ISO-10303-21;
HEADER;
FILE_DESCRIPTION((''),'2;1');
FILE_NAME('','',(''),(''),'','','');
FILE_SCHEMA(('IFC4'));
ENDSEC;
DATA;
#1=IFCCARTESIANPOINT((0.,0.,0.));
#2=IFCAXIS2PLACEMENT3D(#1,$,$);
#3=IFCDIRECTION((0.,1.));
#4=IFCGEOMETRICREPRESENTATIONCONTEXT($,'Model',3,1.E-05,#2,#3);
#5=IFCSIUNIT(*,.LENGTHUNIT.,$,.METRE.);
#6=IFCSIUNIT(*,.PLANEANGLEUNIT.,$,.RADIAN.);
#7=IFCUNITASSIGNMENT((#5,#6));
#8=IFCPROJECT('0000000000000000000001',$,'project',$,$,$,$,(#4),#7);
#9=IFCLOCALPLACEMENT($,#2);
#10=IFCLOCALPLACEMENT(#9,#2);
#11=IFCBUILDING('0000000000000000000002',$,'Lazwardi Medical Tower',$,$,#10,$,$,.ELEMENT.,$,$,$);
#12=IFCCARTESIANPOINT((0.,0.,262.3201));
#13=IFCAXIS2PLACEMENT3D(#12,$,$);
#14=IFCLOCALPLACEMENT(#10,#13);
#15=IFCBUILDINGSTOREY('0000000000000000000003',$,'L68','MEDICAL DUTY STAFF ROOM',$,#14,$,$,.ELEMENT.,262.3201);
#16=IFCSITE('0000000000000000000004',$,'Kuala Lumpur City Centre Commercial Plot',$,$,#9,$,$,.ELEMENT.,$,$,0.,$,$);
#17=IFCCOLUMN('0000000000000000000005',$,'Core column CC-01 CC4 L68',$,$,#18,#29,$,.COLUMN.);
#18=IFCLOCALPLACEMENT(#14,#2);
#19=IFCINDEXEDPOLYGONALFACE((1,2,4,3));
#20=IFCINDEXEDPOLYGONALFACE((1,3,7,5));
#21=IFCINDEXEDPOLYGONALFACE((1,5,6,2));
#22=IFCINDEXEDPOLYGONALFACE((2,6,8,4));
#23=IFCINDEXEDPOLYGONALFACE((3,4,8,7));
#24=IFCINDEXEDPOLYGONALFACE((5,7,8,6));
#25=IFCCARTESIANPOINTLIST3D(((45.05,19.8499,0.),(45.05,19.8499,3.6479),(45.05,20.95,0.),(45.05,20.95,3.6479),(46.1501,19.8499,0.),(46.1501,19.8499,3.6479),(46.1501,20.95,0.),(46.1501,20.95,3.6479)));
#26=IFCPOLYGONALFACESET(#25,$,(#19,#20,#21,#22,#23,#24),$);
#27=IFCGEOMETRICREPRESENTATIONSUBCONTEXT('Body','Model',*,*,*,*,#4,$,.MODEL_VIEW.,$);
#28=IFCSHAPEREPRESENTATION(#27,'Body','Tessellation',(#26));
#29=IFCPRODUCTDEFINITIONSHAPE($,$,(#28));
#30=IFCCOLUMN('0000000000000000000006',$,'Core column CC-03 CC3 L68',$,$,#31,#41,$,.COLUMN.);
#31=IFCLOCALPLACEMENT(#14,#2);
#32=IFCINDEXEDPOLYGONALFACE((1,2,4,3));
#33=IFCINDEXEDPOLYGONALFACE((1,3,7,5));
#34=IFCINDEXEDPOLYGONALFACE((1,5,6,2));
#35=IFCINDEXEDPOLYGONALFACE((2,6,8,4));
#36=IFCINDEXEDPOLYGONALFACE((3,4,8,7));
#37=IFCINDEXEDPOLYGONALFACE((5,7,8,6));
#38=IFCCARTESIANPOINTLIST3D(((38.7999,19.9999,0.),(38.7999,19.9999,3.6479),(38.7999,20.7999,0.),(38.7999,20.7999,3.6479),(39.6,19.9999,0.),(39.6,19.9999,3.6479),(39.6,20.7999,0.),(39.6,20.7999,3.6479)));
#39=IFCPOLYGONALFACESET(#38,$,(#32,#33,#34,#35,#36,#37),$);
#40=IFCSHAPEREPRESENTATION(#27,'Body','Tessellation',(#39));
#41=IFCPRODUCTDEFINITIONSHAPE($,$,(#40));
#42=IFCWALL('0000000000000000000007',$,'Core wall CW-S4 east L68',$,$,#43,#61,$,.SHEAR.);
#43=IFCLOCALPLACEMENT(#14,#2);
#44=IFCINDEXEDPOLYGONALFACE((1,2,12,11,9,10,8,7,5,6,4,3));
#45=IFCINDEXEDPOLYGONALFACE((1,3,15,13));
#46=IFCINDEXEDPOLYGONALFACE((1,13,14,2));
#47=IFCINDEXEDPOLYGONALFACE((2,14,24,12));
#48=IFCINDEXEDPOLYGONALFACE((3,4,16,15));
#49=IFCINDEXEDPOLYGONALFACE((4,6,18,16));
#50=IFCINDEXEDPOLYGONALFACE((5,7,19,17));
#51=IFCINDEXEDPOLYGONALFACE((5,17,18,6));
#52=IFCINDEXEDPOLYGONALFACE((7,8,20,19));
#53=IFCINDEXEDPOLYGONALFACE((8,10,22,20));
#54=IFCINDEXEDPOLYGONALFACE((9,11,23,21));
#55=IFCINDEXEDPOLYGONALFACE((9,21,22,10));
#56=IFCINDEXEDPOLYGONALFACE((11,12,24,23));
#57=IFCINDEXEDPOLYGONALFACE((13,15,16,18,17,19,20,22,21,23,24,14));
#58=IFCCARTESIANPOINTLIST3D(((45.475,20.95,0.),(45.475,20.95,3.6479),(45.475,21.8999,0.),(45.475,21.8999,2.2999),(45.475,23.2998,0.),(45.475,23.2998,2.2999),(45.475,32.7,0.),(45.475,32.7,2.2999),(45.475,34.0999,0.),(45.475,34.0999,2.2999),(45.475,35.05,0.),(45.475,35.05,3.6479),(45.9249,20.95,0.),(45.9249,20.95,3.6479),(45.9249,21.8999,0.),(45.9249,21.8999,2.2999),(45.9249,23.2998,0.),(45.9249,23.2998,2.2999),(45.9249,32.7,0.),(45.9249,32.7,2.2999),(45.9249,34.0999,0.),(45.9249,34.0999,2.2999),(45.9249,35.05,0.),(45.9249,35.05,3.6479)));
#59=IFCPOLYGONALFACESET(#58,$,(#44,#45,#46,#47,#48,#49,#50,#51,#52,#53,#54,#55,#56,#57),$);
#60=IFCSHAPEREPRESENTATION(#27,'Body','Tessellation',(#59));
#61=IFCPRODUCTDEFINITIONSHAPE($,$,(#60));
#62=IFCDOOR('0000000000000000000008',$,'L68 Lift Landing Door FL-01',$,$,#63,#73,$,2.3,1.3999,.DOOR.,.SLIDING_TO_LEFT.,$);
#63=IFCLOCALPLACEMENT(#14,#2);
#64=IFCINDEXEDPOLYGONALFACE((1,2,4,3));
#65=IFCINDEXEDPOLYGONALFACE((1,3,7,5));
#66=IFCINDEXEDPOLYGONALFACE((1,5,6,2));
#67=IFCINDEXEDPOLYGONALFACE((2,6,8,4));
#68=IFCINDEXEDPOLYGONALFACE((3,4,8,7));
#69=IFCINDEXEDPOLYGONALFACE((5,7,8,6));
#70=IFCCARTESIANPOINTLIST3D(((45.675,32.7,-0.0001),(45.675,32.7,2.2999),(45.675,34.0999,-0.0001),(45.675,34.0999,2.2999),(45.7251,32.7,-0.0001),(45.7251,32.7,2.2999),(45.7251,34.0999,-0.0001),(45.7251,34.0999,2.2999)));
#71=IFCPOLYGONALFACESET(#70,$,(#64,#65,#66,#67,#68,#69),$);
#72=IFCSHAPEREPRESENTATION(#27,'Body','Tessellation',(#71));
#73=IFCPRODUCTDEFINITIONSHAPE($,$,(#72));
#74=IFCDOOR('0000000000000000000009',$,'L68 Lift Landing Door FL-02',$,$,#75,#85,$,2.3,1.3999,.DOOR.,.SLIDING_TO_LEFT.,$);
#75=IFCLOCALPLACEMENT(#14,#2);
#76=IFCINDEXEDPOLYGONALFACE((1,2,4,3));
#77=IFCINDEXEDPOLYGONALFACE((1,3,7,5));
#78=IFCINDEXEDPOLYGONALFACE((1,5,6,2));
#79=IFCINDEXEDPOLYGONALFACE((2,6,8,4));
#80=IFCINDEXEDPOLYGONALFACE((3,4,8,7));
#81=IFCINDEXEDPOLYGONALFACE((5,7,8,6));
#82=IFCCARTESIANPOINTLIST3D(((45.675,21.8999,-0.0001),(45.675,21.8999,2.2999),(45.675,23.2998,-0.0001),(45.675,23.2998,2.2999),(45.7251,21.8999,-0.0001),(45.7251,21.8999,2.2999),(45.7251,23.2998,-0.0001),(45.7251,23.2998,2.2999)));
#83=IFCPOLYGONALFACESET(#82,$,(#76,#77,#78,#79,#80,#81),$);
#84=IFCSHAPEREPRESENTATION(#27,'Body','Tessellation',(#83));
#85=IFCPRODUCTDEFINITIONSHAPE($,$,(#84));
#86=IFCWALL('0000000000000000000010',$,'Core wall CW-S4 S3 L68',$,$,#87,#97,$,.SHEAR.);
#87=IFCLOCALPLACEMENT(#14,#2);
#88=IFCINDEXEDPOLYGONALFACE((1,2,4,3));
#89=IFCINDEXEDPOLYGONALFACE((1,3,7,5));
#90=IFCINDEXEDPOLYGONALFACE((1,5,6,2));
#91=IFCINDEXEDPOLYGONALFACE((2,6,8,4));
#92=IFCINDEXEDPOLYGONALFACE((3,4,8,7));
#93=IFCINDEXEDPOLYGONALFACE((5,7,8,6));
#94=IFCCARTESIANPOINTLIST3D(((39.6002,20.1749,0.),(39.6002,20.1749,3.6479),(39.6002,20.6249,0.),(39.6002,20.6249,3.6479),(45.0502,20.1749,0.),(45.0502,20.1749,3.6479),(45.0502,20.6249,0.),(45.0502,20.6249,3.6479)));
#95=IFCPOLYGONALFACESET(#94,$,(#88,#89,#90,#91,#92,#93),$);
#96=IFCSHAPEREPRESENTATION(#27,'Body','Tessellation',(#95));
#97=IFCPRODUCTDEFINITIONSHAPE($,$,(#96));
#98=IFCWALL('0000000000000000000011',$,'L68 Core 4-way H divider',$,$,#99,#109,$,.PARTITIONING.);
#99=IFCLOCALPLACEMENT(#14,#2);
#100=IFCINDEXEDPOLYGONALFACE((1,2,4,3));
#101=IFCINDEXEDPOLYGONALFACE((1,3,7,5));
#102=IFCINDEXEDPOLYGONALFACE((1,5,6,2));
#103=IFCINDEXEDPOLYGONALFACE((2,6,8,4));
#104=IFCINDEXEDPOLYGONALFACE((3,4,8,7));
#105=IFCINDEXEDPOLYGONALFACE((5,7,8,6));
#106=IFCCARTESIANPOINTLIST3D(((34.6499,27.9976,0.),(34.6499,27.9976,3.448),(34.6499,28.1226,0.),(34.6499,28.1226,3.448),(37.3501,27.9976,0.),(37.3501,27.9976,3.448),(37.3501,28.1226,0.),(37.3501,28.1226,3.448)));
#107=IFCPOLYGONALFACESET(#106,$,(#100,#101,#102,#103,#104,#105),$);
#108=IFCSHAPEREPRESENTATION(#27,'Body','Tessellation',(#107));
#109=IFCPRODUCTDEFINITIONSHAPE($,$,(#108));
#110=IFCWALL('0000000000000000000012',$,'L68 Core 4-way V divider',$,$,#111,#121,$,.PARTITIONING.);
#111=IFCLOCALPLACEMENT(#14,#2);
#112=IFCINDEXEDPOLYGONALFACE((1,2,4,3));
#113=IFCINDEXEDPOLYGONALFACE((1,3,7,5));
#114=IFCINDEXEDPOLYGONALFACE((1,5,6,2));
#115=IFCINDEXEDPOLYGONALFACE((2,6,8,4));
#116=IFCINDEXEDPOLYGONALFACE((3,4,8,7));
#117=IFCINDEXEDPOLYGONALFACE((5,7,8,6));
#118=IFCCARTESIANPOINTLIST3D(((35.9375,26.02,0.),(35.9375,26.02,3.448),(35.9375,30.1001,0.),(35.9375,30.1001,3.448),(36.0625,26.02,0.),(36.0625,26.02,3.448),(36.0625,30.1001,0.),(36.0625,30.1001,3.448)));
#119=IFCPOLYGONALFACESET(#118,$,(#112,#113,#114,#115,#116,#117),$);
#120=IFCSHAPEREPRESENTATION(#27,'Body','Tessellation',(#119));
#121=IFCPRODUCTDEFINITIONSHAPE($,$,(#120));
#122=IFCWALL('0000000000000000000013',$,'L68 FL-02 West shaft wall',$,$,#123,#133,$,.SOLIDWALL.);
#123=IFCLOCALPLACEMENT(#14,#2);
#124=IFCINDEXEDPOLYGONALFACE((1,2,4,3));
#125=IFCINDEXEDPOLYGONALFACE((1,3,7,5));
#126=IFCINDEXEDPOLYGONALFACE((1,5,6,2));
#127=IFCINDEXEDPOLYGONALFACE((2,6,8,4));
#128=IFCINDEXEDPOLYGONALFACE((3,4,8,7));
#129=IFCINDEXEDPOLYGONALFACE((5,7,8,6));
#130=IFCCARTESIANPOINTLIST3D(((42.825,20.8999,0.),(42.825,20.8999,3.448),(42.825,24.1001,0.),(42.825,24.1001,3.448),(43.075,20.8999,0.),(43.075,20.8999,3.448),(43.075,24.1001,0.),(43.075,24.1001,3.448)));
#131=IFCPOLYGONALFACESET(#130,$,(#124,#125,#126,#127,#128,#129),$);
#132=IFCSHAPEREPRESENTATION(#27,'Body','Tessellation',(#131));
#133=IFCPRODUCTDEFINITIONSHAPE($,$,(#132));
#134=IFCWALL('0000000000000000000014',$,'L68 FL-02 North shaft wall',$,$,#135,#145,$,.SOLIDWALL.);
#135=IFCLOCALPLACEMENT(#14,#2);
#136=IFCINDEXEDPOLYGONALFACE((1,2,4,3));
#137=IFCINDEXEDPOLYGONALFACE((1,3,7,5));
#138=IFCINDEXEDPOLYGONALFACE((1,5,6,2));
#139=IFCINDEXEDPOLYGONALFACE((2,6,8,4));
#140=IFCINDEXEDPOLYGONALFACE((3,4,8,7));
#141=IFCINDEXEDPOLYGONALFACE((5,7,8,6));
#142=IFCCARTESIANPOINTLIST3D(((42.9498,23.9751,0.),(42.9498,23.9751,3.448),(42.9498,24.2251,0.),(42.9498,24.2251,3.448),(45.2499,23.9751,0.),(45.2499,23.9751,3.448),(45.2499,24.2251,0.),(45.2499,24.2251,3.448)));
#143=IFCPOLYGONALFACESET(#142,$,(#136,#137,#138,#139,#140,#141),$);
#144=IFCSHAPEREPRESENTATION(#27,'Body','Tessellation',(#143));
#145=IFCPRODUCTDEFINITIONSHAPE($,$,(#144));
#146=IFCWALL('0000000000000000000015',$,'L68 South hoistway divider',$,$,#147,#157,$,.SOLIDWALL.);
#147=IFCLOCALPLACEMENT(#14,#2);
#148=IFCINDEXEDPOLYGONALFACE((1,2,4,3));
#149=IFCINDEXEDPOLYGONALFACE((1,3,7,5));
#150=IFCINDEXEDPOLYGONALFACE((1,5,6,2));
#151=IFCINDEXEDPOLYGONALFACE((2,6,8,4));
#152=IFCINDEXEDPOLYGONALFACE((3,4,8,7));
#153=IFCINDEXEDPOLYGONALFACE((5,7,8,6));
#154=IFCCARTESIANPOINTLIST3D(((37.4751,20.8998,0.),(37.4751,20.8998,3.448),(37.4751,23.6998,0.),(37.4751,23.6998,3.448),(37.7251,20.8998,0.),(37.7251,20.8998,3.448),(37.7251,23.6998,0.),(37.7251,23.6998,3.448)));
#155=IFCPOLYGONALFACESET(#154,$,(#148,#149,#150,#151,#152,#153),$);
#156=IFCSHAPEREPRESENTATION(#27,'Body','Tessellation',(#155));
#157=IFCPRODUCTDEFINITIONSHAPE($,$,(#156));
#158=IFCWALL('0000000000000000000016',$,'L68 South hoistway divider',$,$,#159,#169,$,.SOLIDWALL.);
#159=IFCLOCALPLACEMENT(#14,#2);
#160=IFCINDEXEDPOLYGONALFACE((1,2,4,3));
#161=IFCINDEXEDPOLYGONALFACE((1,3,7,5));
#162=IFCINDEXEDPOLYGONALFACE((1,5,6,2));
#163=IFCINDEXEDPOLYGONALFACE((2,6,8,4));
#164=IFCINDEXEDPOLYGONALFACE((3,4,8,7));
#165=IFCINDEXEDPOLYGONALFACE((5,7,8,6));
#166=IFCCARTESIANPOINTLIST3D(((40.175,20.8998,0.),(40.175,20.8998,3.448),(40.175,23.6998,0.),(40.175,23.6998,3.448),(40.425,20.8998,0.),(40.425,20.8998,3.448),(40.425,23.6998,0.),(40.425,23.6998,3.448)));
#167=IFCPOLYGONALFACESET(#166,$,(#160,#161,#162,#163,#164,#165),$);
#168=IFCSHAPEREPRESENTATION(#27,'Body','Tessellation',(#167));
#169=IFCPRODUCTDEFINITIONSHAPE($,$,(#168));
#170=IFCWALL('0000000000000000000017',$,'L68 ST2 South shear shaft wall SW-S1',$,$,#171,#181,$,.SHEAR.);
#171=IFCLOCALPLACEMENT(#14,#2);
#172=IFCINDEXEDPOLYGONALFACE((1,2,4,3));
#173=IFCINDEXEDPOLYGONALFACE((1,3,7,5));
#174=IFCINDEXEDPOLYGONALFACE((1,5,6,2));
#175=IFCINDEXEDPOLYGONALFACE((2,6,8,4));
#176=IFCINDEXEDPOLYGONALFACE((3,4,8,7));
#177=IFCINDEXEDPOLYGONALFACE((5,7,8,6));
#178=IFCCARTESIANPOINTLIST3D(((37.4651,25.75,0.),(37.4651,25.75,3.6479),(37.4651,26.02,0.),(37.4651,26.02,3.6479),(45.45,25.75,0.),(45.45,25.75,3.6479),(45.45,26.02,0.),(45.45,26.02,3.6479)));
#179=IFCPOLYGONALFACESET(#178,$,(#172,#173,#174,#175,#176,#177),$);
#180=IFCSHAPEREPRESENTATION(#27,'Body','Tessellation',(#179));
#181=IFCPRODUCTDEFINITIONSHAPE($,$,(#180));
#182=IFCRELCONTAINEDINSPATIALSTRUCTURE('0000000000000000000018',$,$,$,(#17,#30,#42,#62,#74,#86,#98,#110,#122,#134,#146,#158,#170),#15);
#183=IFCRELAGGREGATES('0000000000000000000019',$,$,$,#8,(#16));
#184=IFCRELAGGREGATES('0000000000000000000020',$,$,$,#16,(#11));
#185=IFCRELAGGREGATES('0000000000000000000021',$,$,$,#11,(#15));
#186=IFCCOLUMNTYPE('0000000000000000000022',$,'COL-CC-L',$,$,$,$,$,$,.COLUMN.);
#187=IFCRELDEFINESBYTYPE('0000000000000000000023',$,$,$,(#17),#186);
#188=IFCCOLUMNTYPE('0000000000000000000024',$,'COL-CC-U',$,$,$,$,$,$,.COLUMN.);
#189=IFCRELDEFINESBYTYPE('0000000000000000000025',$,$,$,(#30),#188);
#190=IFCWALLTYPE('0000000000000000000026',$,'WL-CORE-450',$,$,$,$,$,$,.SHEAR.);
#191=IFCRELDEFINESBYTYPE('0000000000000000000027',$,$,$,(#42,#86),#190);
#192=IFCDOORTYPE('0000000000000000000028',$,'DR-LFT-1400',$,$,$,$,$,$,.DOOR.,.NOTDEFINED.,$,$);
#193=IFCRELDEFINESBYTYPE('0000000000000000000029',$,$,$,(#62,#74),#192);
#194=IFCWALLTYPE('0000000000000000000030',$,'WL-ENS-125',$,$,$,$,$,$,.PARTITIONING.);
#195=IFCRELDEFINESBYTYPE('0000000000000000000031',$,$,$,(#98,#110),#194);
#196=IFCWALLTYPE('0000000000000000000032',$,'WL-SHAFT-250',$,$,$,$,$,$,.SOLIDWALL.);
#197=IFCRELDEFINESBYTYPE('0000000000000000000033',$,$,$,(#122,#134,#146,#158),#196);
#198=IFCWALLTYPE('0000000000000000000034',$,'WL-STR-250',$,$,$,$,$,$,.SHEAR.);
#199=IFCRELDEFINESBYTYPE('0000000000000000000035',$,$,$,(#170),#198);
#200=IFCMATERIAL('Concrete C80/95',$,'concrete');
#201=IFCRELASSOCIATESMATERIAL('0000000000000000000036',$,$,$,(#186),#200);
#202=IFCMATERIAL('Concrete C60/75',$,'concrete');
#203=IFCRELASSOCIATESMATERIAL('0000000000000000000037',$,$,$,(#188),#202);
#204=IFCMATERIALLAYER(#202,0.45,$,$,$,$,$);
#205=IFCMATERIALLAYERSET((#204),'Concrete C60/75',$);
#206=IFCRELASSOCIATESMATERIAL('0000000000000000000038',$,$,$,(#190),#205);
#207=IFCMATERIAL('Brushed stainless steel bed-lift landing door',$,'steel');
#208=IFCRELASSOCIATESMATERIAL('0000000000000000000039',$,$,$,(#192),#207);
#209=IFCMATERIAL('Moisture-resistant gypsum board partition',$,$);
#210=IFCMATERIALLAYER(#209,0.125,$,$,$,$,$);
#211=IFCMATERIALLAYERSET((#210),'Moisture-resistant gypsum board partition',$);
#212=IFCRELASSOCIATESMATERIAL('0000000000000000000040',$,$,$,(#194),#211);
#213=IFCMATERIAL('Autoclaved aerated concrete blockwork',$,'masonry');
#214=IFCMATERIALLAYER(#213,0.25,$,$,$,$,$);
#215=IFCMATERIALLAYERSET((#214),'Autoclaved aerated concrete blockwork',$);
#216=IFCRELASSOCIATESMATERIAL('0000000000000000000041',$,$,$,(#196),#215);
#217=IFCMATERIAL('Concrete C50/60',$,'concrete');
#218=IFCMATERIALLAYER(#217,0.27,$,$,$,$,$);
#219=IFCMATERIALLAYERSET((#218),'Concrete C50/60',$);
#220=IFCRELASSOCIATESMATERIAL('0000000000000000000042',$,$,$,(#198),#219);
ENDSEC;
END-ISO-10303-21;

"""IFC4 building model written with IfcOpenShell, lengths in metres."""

from ifc_helpers import new_model, si_unit, direction, frame, frame_2d, origin, origin_2d, place, context, subcontext, project, spatial, rectangle, extrude, material, layer, layer_set, material_profile, profile_set, type_object, element, fill, save


model = new_model("IFC4")

# Units and contexts
model_context = context("Model", 3, precision=1e-05, world=origin(), true_north=direction((0.0, 1.0)))
body_context = subcontext(model_context, "Body", "Model", "MODEL_VIEW")
ifc_project = project(units=[si_unit("LENGTHUNIT", "METRE"), si_unit("PLANEANGLEUNIT", "RADIAN")], contexts=[model_context])

# Site, building, storey
site_placement = place(None, origin())
site = spatial("IfcSite", under=ifc_project, at=site_placement, Name="Kuala Lumpur City Centre Commercial Plot", CompositionType="ELEMENT", RefElevation=0.0)
building_placement = place(site_placement, origin())
building = spatial("IfcBuilding", under=site, at=building_placement, Name="Lazwardi Medical Tower", CompositionType="ELEMENT")
storey_placement = place(building_placement, frame((0.0, 0.0, 262.3201)))
storey = spatial("IfcBuildingStorey", under=building, at=storey_placement, Name="L68", Description="MEDICAL DUTY STAFF ROOM", CompositionType="ELEMENT", Elevation=262.3201)

# Columns
ifc_material_1 = material(Name="Concrete C80/95", Category="concrete")
ifc_material_profile_1 = material_profile(ifc_material_1, rectangle(XDim=1.1001, YDim=1.1001, at=origin_2d()), Name="RC 1100x1100")
ifc_profile_set_1 = profile_set([ifc_material_profile_1], Name="Concrete C80/95")
column_type_1 = type_object("IfcColumnType", Name="COL-CC-L", PredefinedType="COLUMN", material=ifc_profile_set_1)
column_1_placement = place(storey_placement, frame((45.6001, 20.3999, 0.0), z_axis=(0.0, 0.0, 1.0), x_axis=(1.0, 0.0, 0.0)))
element("IfcColumn", 1, at=column_1_placement, inside=storey, type_object=column_type_1, Name="Core column CC-01 CC4 L68", PredefinedType="COLUMN", context=body_context, shape_type="SweptSolid", body=[
    extrude(rectangle(XDim=1.1001, YDim=1.1001, at=origin_2d()), origin(), (0.0, 0.0, 1.0), 3.6479),
])
ifc_material_2 = material(Name="Concrete C60/75", Category="concrete")
ifc_material_profile_2 = material_profile(ifc_material_2, rectangle(XDim=0.8, YDim=0.8, at=origin_2d()), Name="RC 800x800")
ifc_profile_set_2 = profile_set([ifc_material_profile_2], Name="Concrete C60/75")
column_type_2 = type_object("IfcColumnType", Name="COL-CC-U", PredefinedType="COLUMN", material=ifc_profile_set_2)
column_2_placement = place(storey_placement, frame((39.2, 20.3999, 0.0), z_axis=(0.0, 0.0, 1.0), x_axis=(1.0, 0.0, 0.0)))
element("IfcColumn", 2, at=column_2_placement, inside=storey, type_object=column_type_2, Name="Core column CC-03 CC3 L68", PredefinedType="COLUMN", context=body_context, shape_type="SweptSolid", body=[
    extrude(rectangle(XDim=0.8, YDim=0.8, at=origin_2d()), origin(), (0.0, 0.0, 1.0), 3.6479),
])

# Wall, openings, doors
ifc_layer_1 = layer(ifc_material_2, 0.45)
ifc_layer_set_1 = layer_set([ifc_layer_1], Name="Concrete C60/75")
wall_type_1 = type_object("IfcWallType", Name="WL-CORE-450", PredefinedType="SHEAR", material=ifc_layer_set_1)
wall_1_placement = place(storey_placement, frame((45.7, 20.95, 0.0), z_axis=(0.0, 0.0, 1.0), x_axis=(0.0, 1.0, 0.0)))
wall_1 = element("IfcWall", 3, at=wall_1_placement, inside=storey, type_object=wall_type_1, Name="Core wall CW-S4 east L68", PredefinedType="SHEAR", context=body_context, shape_type="SweptSolid", body=[
    extrude(rectangle(XDim=14.1001, YDim=0.45, at=frame_2d((7.05, 0.0))), origin(), (0.0, 0.0, 1.0), 3.6479),
])
opening_1_placement = place(wall_1_placement, frame((11.75, 0.0, 0.0)))
opening_1 = element("IfcOpeningElement", 4, at=opening_1_placement, cuts=wall_1, PredefinedType="OPENING", context=body_context, shape_type="SweptSolid", body=[
    extrude(rectangle(XDim=1.3999, YDim=2.3, at=frame_2d((0.7, 1.1499))), frame((0.0, 0.2349, 0.0), z_axis=(0.0, -1.0, 0.0), x_axis=(1.0, 0.0, 0.0)), (0.0, 0.0, 1.0), 0.47),
])
opening_2_placement = place(wall_1_placement, frame((0.95, 0.0, 0.0)))
opening_2 = element("IfcOpeningElement", 5, at=opening_2_placement, cuts=wall_1, PredefinedType="OPENING", context=body_context, shape_type="SweptSolid", body=[
    extrude(rectangle(XDim=1.3999, YDim=2.3, at=frame_2d((0.7, 1.1499))), frame((0.0, 0.2349, 0.0), z_axis=(0.0, -1.0, 0.0), x_axis=(1.0, 0.0, 0.0)), (0.0, 0.0, 1.0), 0.47),
])
ifc_material_3 = material(Name="Brushed stainless steel bed-lift landing door", Category="steel")
door_type = type_object("IfcDoorType", Name="DR-LFT-1400", OperationType="NOTDEFINED", PredefinedType="DOOR", material=ifc_material_3)
door_1_placement = place(opening_1_placement, origin())
door_1 = element("IfcDoor", 6, at=door_1_placement, inside=storey, type_object=door_type, Name="L68 Lift Landing Door FL-01", OperationType="SLIDING_TO_LEFT", OverallHeight=2.3, OverallWidth=1.3999, PredefinedType="DOOR", context=body_context, shape_type="SweptSolid", body=[
    extrude(rectangle(XDim=1.3999, YDim=2.3, at=frame_2d((0.7, 1.1499))), frame((0.0, 0.0249, 0.0), z_axis=(0.0, -1.0, 0.0), x_axis=(1.0, 0.0, 0.0)), (0.0, 0.0, 1.0), 0.05),
])
fill(opening_1, door_1)
door_2_placement = place(opening_2_placement, origin())
door_2 = element("IfcDoor", 7, at=door_2_placement, inside=storey, type_object=door_type, Name="L68 Lift Landing Door FL-02", OperationType="SLIDING_TO_LEFT", OverallHeight=2.3, OverallWidth=1.3999, PredefinedType="DOOR", context=body_context, shape_type="SweptSolid", body=[
    extrude(rectangle(XDim=1.3999, YDim=2.3, at=frame_2d((0.7, 1.1499))), frame((0.0, 0.0249, 0.0), z_axis=(0.0, -1.0, 0.0), x_axis=(1.0, 0.0, 0.0)), (0.0, 0.0, 1.0), 0.05),
])
fill(opening_2, door_2)

# Walls
wall_2_placement = place(storey_placement, frame((39.6001, 20.3999, 0.0), z_axis=(0.0, 0.0, 1.0), x_axis=(1.0, 0.0, 0.0)))
element("IfcWall", 8, at=wall_2_placement, inside=storey, type_object=wall_type_1, Name="Core wall CW-S4 S3 L68", PredefinedType="SHEAR", context=body_context, shape_type="SweptSolid", body=[
    extrude(rectangle(XDim=5.45, YDim=0.45, at=frame_2d((2.7251, 0.0))), origin(), (0.0, 0.0, 1.0), 3.6479),
])
ifc_material_4 = material(Name="Moisture-resistant gypsum board partition")
ifc_layer_2 = layer(ifc_material_4, 0.125)
ifc_layer_set_2 = layer_set([ifc_layer_2], Name="Moisture-resistant gypsum board partition")
wall_type_2 = type_object("IfcWallType", Name="WL-ENS-125", PredefinedType="PARTITIONING", material=ifc_layer_set_2)
wall_3_placement = place(storey_placement, frame((34.6499, 28.0601, 0.0), z_axis=(0.0, 0.0, 1.0), x_axis=(1.0, 0.0, 0.0)))
element("IfcWall", 9, at=wall_3_placement, inside=storey, type_object=wall_type_2, Name="L68 Core 4-way H divider", PredefinedType="PARTITIONING", context=body_context, shape_type="SweptSolid", body=[
    extrude(rectangle(XDim=2.7002, YDim=0.125, at=frame_2d((1.3501, 0.0))), origin(), (0.0, 0.0, 1.0), 3.448),
])
wall_4_placement = place(storey_placement, frame((36.0, 26.02, 0.0), z_axis=(0.0, 0.0, 1.0), x_axis=(0.0, 1.0, 0.0)))
element("IfcWall", 10, at=wall_4_placement, inside=storey, type_object=wall_type_2, Name="L68 Core 4-way V divider", PredefinedType="PARTITIONING", context=body_context, shape_type="SweptSolid", body=[
    extrude(rectangle(XDim=4.0801, YDim=0.125, at=frame_2d((2.04, 0.0))), origin(), (0.0, 0.0, 1.0), 3.448),
])
ifc_material_5 = material(Name="Autoclaved aerated concrete blockwork", Category="masonry")
ifc_layer_3 = layer(ifc_material_5, 0.25)
ifc_layer_set_3 = layer_set([ifc_layer_3], Name="Autoclaved aerated concrete blockwork")
wall_type_3 = type_object("IfcWallType", Name="WL-SHAFT-250", PredefinedType="SOLIDWALL", material=ifc_layer_set_3)
wall_5_placement = place(storey_placement, frame((42.95, 20.8999, 0.0), z_axis=(0.0, 0.0, 1.0), x_axis=(0.0, 1.0, 0.0)))
element("IfcWall", 11, at=wall_5_placement, inside=storey, type_object=wall_type_3, Name="L68 FL-02 West shaft wall", PredefinedType="SOLIDWALL", context=body_context, shape_type="SweptSolid", body=[
    extrude(rectangle(XDim=3.2002, YDim=0.25, at=frame_2d((1.6001, 0.0))), origin(), (0.0, 0.0, 1.0), 3.448),
])
wall_6_placement = place(storey_placement, frame((42.95, 24.1001, 0.0), z_axis=(0.0, 0.0, 1.0), x_axis=(1.0, 0.0, 0.0)))
element("IfcWall", 12, at=wall_6_placement, inside=storey, type_object=wall_type_3, Name="L68 FL-02 North shaft wall", PredefinedType="SOLIDWALL", context=body_context, shape_type="SweptSolid", body=[
    extrude(rectangle(XDim=2.3, YDim=0.25, at=frame_2d((1.1499, 0.0))), origin(), (0.0, 0.0, 1.0), 3.448),
])
for number, where, z_axis, x_axis, name in (
    (13, (37.6001, 20.8999, 0.0), (0.0, 0.0, 1.0), (0.0, 1.0, 0.0), "L68 South hoistway divider"),
    (14, (40.3, 20.8999, 0.0), (0.0, 0.0, 1.0), (0.0, 1.0, 0.0), "L68 South hoistway divider"),
):
    element("IfcWall", number, at=place(storey_placement, frame(where, z_axis=z_axis, x_axis=x_axis)), inside=storey, type_object=wall_type_3, Name=name, PredefinedType="SOLIDWALL", context=body_context, shape_type="SweptSolid", body=[
        extrude(rectangle(XDim=2.8, YDim=0.25, at=frame_2d((1.3999, 0.0))), origin(), (0.0, 0.0, 1.0), 3.448),
    ])
ifc_material_6 = material(Name="Concrete C50/60", Category="concrete")
ifc_layer_4 = layer(ifc_material_6, 0.27)
ifc_layer_set_4 = layer_set([ifc_layer_4], Name="Concrete C50/60")
wall_type_4 = type_object("IfcWallType", Name="WL-STR-250", PredefinedType="SHEAR", material=ifc_layer_set_4)
wall_7_placement = place(storey_placement, frame((37.4651, 25.885, 0.0), z_axis=(0.0, 0.0, 1.0), x_axis=(1.0, 0.0, 0.0)))
element("IfcWall", 15, at=wall_7_placement, inside=storey, type_object=wall_type_4, Name="L68 ST2 South shear shaft wall SW-S1", PredefinedType="SHEAR", context=body_context, shape_type="SweptSolid", body=[
    extrude(rectangle(XDim=7.9849, YDim=0.27, at=frame_2d((3.9924, 0.0))), origin(), (0.0, 0.0, 1.0), 3.6479),
])

save(model, "model.ifc")
